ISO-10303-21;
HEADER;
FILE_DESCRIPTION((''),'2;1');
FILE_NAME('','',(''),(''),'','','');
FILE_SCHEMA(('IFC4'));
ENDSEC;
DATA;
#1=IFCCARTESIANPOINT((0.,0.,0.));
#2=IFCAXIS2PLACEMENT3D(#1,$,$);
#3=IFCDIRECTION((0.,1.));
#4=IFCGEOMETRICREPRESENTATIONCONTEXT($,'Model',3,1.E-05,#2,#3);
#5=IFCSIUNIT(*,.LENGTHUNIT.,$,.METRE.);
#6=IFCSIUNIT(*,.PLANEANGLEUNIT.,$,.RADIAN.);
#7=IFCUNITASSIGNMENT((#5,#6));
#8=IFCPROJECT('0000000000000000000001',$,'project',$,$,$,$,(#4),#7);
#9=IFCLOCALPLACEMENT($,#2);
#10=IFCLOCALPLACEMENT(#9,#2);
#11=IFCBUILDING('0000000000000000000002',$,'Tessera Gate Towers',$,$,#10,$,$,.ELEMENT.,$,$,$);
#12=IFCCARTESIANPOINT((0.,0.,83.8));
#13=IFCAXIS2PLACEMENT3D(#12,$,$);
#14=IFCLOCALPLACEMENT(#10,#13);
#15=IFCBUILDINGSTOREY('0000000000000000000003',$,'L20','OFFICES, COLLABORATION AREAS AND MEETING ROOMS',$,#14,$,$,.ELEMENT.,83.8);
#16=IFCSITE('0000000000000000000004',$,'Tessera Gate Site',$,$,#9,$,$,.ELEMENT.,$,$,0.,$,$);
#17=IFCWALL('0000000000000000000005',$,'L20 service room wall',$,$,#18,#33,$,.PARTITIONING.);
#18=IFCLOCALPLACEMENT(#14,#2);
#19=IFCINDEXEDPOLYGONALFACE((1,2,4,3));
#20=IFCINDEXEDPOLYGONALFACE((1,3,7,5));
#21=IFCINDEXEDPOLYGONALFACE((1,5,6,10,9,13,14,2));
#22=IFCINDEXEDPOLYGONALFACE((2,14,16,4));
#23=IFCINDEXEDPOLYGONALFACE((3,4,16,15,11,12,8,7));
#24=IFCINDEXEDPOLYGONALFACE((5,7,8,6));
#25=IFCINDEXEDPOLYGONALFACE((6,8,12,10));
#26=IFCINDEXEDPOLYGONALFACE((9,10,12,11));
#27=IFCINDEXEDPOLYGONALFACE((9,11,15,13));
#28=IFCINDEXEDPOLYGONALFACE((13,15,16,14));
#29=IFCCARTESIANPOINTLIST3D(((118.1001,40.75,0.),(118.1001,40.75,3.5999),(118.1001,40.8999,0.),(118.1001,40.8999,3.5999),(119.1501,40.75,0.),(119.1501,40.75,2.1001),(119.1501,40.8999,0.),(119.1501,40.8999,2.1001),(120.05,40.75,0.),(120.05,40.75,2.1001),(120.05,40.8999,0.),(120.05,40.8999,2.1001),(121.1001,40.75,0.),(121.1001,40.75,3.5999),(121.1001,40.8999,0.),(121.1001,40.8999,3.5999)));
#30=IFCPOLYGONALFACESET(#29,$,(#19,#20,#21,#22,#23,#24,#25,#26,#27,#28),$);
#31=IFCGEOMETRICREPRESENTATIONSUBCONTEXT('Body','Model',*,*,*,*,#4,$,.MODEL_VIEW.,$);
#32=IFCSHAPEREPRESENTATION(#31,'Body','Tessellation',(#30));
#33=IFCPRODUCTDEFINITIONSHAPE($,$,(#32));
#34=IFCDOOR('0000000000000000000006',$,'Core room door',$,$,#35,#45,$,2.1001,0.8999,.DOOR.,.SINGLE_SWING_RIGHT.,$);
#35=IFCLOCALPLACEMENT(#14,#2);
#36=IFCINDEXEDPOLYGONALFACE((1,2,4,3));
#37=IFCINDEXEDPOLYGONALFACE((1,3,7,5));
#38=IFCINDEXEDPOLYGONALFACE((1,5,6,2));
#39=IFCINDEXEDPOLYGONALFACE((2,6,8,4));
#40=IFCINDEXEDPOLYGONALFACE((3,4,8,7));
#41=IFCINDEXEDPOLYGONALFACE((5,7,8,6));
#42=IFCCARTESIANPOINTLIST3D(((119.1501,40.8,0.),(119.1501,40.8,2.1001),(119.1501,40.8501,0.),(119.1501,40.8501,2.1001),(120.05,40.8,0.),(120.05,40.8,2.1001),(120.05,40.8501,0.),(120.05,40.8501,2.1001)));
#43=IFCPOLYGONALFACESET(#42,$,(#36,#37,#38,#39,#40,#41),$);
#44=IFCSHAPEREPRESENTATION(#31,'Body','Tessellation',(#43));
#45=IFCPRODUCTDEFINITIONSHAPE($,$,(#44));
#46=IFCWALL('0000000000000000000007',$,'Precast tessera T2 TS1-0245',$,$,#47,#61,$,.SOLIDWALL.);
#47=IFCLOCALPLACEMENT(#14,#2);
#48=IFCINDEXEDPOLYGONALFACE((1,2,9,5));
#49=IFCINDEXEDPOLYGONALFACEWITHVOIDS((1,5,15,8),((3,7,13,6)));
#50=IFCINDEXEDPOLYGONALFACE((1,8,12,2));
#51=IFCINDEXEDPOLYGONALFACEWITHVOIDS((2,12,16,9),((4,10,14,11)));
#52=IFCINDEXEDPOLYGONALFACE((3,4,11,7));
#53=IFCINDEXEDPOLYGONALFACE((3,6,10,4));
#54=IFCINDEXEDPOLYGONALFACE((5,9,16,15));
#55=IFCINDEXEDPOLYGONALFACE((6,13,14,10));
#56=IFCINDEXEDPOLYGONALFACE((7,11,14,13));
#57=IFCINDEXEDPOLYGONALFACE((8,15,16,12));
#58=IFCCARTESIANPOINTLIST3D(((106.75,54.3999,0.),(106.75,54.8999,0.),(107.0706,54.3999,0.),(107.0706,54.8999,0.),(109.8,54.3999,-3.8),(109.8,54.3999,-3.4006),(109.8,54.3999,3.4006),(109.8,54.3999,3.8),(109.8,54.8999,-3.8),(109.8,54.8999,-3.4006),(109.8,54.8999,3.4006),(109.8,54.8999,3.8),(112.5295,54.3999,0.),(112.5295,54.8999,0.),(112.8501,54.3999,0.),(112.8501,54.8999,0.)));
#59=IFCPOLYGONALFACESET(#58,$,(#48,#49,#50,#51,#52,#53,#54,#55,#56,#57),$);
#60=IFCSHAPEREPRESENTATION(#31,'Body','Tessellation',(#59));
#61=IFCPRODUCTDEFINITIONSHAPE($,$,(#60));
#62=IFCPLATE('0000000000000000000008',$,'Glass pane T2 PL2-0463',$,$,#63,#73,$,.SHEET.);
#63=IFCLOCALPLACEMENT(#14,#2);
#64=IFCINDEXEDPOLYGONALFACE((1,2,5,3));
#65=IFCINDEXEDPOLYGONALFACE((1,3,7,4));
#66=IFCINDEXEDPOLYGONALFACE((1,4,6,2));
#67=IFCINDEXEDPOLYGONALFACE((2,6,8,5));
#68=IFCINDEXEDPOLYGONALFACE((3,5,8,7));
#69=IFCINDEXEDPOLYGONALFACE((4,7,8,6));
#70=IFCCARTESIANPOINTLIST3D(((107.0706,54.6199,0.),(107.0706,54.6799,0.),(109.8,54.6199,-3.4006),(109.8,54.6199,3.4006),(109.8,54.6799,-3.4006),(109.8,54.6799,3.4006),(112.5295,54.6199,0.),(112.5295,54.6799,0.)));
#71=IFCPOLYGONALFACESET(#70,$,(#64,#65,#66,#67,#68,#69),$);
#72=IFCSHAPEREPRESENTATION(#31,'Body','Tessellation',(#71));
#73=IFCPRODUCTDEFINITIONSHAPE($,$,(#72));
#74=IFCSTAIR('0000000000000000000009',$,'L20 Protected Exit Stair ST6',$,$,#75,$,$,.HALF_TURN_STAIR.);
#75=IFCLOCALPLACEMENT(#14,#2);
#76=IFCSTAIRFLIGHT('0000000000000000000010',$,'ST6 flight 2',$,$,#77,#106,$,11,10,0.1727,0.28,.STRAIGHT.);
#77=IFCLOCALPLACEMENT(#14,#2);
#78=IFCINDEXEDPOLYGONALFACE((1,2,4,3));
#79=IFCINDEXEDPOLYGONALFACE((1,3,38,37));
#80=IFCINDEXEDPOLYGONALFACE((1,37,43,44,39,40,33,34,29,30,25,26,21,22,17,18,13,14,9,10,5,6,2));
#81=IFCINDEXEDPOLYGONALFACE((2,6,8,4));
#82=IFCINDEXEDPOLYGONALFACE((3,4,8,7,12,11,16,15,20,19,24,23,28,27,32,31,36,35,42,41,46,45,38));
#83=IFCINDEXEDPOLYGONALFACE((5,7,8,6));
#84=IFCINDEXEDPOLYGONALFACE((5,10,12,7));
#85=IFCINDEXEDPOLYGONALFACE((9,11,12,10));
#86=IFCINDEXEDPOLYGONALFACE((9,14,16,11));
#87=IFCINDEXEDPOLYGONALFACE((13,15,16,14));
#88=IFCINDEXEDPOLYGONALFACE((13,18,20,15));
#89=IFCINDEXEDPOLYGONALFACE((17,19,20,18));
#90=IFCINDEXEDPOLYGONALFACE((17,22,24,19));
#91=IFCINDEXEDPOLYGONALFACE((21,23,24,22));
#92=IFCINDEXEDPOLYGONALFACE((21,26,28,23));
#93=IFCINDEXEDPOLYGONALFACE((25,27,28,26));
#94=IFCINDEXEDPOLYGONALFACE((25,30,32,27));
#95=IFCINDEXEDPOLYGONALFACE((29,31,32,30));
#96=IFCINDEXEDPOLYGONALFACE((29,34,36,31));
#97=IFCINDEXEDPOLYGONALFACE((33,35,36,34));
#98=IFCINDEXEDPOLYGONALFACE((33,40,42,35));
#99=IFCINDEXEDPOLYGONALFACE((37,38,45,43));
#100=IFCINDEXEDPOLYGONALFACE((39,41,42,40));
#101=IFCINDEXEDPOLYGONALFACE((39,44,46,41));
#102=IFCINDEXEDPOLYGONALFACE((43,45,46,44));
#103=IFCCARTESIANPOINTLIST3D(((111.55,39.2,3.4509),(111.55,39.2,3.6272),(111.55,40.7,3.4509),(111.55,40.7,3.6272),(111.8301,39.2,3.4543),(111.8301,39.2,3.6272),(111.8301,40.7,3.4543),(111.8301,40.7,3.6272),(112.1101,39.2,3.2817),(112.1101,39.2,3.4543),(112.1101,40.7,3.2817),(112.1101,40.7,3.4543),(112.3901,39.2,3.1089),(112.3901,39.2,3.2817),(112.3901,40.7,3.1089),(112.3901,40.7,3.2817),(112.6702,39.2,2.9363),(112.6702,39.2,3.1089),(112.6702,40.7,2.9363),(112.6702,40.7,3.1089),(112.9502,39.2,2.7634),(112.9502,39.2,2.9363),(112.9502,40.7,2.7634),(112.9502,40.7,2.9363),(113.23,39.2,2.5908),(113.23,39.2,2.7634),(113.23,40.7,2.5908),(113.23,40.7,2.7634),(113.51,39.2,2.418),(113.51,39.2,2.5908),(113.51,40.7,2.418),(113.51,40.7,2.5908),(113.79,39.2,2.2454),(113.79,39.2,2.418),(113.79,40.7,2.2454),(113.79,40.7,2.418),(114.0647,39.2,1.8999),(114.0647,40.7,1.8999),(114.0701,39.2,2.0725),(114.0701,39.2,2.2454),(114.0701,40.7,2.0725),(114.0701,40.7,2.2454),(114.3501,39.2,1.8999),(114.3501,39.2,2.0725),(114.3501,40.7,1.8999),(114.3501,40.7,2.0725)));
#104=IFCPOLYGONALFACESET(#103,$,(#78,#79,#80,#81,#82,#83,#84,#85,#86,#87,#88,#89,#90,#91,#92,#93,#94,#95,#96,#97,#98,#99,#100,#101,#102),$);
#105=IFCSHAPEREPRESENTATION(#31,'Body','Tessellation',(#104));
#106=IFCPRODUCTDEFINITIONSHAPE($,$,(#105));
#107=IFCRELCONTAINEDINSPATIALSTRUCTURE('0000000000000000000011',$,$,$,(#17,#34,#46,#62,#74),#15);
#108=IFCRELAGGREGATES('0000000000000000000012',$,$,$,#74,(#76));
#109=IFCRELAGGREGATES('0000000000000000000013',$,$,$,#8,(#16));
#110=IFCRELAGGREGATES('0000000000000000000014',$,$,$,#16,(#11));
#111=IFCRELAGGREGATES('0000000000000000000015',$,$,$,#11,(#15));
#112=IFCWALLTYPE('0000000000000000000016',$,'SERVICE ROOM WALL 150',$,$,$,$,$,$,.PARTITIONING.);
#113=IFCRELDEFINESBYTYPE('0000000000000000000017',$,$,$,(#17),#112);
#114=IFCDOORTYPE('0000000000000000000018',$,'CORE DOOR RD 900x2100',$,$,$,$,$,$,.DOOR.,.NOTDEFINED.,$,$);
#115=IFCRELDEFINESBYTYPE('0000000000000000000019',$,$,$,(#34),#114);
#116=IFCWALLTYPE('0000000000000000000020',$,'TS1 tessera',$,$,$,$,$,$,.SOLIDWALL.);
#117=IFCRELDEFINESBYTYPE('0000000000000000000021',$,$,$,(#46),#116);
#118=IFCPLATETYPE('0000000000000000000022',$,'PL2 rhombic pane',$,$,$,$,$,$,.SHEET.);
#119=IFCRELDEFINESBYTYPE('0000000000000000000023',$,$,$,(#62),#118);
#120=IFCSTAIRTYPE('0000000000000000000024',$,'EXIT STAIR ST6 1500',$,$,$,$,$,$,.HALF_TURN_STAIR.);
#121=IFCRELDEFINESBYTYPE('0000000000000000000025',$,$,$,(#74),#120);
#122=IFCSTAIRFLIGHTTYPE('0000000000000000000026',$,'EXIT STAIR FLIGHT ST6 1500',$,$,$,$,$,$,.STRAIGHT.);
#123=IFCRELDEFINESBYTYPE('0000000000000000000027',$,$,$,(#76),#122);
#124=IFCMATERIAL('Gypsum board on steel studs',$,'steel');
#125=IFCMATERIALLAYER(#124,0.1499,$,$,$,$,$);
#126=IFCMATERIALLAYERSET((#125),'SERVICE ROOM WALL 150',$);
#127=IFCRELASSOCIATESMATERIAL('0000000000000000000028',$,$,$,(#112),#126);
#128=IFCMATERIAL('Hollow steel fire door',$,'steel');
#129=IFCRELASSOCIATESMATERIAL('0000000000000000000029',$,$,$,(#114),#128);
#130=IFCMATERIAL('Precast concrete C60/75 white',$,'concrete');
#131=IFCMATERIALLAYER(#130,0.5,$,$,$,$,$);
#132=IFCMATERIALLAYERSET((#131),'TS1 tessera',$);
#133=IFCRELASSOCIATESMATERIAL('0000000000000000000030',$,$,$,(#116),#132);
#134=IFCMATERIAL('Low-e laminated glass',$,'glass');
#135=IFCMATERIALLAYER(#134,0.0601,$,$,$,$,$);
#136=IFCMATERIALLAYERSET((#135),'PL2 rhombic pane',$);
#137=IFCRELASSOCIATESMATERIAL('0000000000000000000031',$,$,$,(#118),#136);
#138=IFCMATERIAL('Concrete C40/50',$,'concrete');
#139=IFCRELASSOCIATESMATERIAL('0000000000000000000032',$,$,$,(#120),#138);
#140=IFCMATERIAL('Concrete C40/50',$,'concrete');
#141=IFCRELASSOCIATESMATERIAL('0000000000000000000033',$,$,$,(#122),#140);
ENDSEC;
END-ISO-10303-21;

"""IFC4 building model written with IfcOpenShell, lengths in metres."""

from ifc_helpers import new_model, si_unit, direction, frame, frame_2d, origin, place, context, subcontext, project, spatial, polyline, rectangle, outline, extrude, source, transform, mapped, material, layer, layer_set, type_object, element, fill, aggregate, save


model = new_model("IFC4")

# Units and contexts
model_context = context("Model", 3, precision=1e-05, world=origin(), true_north=direction((0.0, 1.0)))
body_context = subcontext(model_context, "Body", "Model", "MODEL_VIEW")
ifc_project = project(units=[si_unit("LENGTHUNIT", "METRE"), si_unit("PLANEANGLEUNIT", "RADIAN")], contexts=[model_context])

# Site, building, storey
site_placement = place(None, origin())
site = spatial("IfcSite", under=ifc_project, at=site_placement, Name="Tessera Gate Site", CompositionType="ELEMENT", RefElevation=0.0)
building_placement = place(site_placement, origin())
building = spatial("IfcBuilding", under=site, at=building_placement, Name="Tessera Gate Towers", CompositionType="ELEMENT")
storey_placement = place(building_placement, frame((0.0, 0.0, 83.8)))
storey = spatial("IfcBuildingStorey", under=building, at=storey_placement, Name="L20", Description="OFFICES, COLLABORATION AREAS AND MEETING ROOMS", CompositionType="ELEMENT", Elevation=83.8)

# Wall, opening, door
ifc_material_1 = material(Name="Gypsum board on steel studs", Category="steel")
ifc_layer_1 = layer(ifc_material_1, 0.1499)
ifc_layer_set_1 = layer_set([ifc_layer_1], Name="SERVICE ROOM WALL 150")
wall_type_1 = type_object("IfcWallType", Name="SERVICE ROOM WALL 150", PredefinedType="PARTITIONING", material=ifc_layer_set_1)
wall_1_placement = place(storey_placement, frame((121.1001, 40.825, 0.0), z_axis=(0.0, 0.0, 1.0), x_axis=(-1.0, 0.0, 0.0)))
wall_1 = element("IfcWall", 1, at=wall_1_placement, inside=storey, type_object=wall_type_1, Name="L20 service room wall", PredefinedType="PARTITIONING", context=body_context, shape_type="SweptSolid", body=[
    extrude(rectangle(XDim=3.0, YDim=0.1499, at=frame_2d((1.5, 0.0))), origin(), (0.0, 0.0, 1.0), 3.5999),
])
shared_shape_1 = source(origin(), body_context, "Body", "SweptSolid", [
    extrude(rectangle(XDim=0.8999, YDim=2.1001, at=frame_2d((0.45, 1.05))), frame((0.0, 0.085, 0.0), z_axis=(0.0, -1.0, 0.0), x_axis=(1.0, 0.0, 0.0)), (0.0, 0.0, 1.0), 0.1699),
])
opening_1_placement = place(wall_1_placement, frame((1.05, 0.0, 0.0)))
opening_1 = element("IfcOpeningElement", 2, at=opening_1_placement, cuts=wall_1, PredefinedType="OPENING", context=body_context, shape_type="MappedRepresentation", body=[
    mapped(shared_shape_1, transform((0.0, 0.0, 0.0), scale=1.0)),
])
ifc_material_2 = material(Name="Hollow steel fire door", Category="steel")
door_type_1 = type_object("IfcDoorType", Name="CORE DOOR RD 900x2100", OperationType="NOTDEFINED", PredefinedType="DOOR", material=ifc_material_2)
shared_shape_2 = source(origin(), body_context, "Body", "SweptSolid", [
    extrude(rectangle(XDim=0.8999, YDim=2.1001, at=frame_2d((0.45, 1.05))), frame((0.0, 0.0249, 0.0), z_axis=(0.0, -1.0, 0.0), x_axis=(1.0, 0.0, 0.0)), (0.0, 0.0, 1.0), 0.05),
])
door_1_placement = place(opening_1_placement, origin())
door_1 = element("IfcDoor", 3, at=door_1_placement, inside=storey, type_object=door_type_1, Name="Core room door", OperationType="SINGLE_SWING_RIGHT", OverallHeight=2.1001, OverallWidth=0.8999, PredefinedType="DOOR", context=body_context, shape_type="MappedRepresentation", body=[
    mapped(shared_shape_2, transform((0.0, 0.0, 0.0), scale=1.0)),
])
fill(opening_1, door_1)

# Wall, opening, plate
ifc_material_3 = material(Name="Precast concrete C60/75 white", Category="concrete")
ifc_layer_2 = layer(ifc_material_3, 0.5)
ifc_layer_set_2 = layer_set([ifc_layer_2], Name="TS1 tessera")
wall_type_2 = type_object("IfcWallType", Name="TS1 tessera", PredefinedType="SOLIDWALL", material=ifc_layer_set_2)
shared_shape_3 = source(origin(), body_context, "Body", "SweptSolid", [
    extrude(outline(polyline([(3.05, 0.0), (6.1001, 3.8), (3.05, 7.6001), (0.0, 3.8), (3.05, 0.0)])), frame((0.0, 0.25, 0.0), z_axis=(0.0, -1.0, 0.0), x_axis=(1.0, 0.0, 0.0)), (0.0, 0.0, 1.0), 0.5),
])
wall_2_placement = place(storey_placement, frame((112.8501, 54.6499, -3.8), z_axis=(0.0, 0.0, 1.0), x_axis=(-1.0, 0.0, 0.0)))
wall_2 = element("IfcWall", 4, at=wall_2_placement, inside=storey, type_object=wall_type_2, Name="Precast tessera T2 TS1-0245", PredefinedType="SOLIDWALL", context=body_context, shape_type="MappedRepresentation", body=[
    mapped(shared_shape_3, transform((0.0, 0.0, 0.0), scale=1.0)),
])
shared_shape_4 = source(origin(), body_context, "Body", "SweptSolid", [
    extrude(outline(polyline([(3.05, 0.3994), (5.7795, 3.8), (3.05, 7.2007), (0.3206, 3.8), (3.05, 0.3994)])), frame((0.0, 0.26, 0.0), z_axis=(0.0, -1.0, 0.0), x_axis=(1.0, 0.0, 0.0)), (0.0, 0.0, 1.0), 0.52),
])
opening_2_placement = place(wall_2_placement, origin())
opening_2 = element("IfcOpeningElement", 5, at=opening_2_placement, cuts=wall_2, PredefinedType="OPENING", context=body_context, shape_type="MappedRepresentation", body=[
    mapped(shared_shape_4, transform((0.0, 0.0, 0.0), scale=1.0)),
])
ifc_material_4 = material(Name="Low-e laminated glass", Category="glass")
ifc_layer_3 = layer(ifc_material_4, 0.0601)
ifc_layer_set_3 = layer_set([ifc_layer_3], Name="PL2 rhombic pane")
plate_type = type_object("IfcPlateType", Name="PL2 rhombic pane", PredefinedType="SHEET", material=ifc_layer_set_3)
shared_shape_5 = source(origin(), body_context, "Body", "SweptSolid", [
    extrude(outline(polyline([(3.05, 0.3994), (5.7795, 3.8), (3.05, 7.2007), (0.3206, 3.8), (3.05, 0.3994)])), frame((0.0, 0.03, 0.0), z_axis=(0.0, -1.0, 0.0), x_axis=(1.0, 0.0, 0.0)), (0.0, 0.0, 1.0), 0.0601),
])
plate_placement = place(opening_2_placement, origin())
plate = element("IfcPlate", 6, at=plate_placement, inside=storey, type_object=plate_type, Name="Glass pane T2 PL2-0463", PredefinedType="SHEET", context=body_context, shape_type="MappedRepresentation", body=[
    mapped(shared_shape_5, transform((0.0, 0.0, 0.0), scale=1.0)),
])
fill(opening_2, plate)

# Stair, stair flight
ifc_material_5 = material(Name="Concrete C40/50", Category="concrete")
stair_type = type_object("IfcStairType", Name="EXIT STAIR ST6 1500", PredefinedType="HALF_TURN_STAIR", material=ifc_material_5)
stair_placement = place(storey_placement, origin())
stair = element("IfcStair", 7, at=stair_placement, inside=storey, type_object=stair_type, Name="L20 Protected Exit Stair ST6", PredefinedType="HALF_TURN_STAIR")
ifc_material_6 = material(Name="Concrete C40/50", Category="concrete")
stair_flight_type = type_object("IfcStairFlightType", Name="EXIT STAIR FLIGHT ST6 1500", PredefinedType="STRAIGHT", material=ifc_material_6)
stair_flight_placement = place(storey_placement, frame((114.3501, 39.95, 1.8999), z_axis=(0.0, 0.0, 1.0), x_axis=(-1.0, 0.0, 0.0)))
stair_flight = element("IfcStairFlight", 8, at=stair_flight_placement, type_object=stair_flight_type, Name="ST6 flight 2", NumberOfRisers=11, NumberOfTreads=10, PredefinedType="STRAIGHT", RiserHeight=0.1727, TreadLength=0.28, context=body_context, shape_type="SweptSolid", body=[
    extrude(outline(polyline([(0.0, 0.0), (0.0, 0.1726), (0.28, 0.1726), (0.28, 0.3455), (0.5601, 0.3455), (0.5601, 0.5181), (0.8401, 0.5181), (0.8401, 0.6909), (1.1201, 0.6909), (1.1201, 0.8635), (1.3999, 0.8635), (1.3999, 1.0364), (1.6799, 1.0364), (1.6799, 1.209), (1.96, 1.209), (1.96, 1.3818), (2.24, 1.3818), (2.24, 1.5544), (2.52, 1.5544), (2.52, 1.7273), (2.8, 1.7273), (2.8, 1.8999), (2.8, 1.551), (0.2854, 0.0), (0.0, 0.0)])), frame((0.0, 0.75, 0.0), z_axis=(0.0, -1.0, 0.0), x_axis=(1.0, 0.0, 0.0)), (0.0, 0.0, 1.0), 1.5),
])
aggregate(stair, [stair_flight])

save(model, "model.ifc")
